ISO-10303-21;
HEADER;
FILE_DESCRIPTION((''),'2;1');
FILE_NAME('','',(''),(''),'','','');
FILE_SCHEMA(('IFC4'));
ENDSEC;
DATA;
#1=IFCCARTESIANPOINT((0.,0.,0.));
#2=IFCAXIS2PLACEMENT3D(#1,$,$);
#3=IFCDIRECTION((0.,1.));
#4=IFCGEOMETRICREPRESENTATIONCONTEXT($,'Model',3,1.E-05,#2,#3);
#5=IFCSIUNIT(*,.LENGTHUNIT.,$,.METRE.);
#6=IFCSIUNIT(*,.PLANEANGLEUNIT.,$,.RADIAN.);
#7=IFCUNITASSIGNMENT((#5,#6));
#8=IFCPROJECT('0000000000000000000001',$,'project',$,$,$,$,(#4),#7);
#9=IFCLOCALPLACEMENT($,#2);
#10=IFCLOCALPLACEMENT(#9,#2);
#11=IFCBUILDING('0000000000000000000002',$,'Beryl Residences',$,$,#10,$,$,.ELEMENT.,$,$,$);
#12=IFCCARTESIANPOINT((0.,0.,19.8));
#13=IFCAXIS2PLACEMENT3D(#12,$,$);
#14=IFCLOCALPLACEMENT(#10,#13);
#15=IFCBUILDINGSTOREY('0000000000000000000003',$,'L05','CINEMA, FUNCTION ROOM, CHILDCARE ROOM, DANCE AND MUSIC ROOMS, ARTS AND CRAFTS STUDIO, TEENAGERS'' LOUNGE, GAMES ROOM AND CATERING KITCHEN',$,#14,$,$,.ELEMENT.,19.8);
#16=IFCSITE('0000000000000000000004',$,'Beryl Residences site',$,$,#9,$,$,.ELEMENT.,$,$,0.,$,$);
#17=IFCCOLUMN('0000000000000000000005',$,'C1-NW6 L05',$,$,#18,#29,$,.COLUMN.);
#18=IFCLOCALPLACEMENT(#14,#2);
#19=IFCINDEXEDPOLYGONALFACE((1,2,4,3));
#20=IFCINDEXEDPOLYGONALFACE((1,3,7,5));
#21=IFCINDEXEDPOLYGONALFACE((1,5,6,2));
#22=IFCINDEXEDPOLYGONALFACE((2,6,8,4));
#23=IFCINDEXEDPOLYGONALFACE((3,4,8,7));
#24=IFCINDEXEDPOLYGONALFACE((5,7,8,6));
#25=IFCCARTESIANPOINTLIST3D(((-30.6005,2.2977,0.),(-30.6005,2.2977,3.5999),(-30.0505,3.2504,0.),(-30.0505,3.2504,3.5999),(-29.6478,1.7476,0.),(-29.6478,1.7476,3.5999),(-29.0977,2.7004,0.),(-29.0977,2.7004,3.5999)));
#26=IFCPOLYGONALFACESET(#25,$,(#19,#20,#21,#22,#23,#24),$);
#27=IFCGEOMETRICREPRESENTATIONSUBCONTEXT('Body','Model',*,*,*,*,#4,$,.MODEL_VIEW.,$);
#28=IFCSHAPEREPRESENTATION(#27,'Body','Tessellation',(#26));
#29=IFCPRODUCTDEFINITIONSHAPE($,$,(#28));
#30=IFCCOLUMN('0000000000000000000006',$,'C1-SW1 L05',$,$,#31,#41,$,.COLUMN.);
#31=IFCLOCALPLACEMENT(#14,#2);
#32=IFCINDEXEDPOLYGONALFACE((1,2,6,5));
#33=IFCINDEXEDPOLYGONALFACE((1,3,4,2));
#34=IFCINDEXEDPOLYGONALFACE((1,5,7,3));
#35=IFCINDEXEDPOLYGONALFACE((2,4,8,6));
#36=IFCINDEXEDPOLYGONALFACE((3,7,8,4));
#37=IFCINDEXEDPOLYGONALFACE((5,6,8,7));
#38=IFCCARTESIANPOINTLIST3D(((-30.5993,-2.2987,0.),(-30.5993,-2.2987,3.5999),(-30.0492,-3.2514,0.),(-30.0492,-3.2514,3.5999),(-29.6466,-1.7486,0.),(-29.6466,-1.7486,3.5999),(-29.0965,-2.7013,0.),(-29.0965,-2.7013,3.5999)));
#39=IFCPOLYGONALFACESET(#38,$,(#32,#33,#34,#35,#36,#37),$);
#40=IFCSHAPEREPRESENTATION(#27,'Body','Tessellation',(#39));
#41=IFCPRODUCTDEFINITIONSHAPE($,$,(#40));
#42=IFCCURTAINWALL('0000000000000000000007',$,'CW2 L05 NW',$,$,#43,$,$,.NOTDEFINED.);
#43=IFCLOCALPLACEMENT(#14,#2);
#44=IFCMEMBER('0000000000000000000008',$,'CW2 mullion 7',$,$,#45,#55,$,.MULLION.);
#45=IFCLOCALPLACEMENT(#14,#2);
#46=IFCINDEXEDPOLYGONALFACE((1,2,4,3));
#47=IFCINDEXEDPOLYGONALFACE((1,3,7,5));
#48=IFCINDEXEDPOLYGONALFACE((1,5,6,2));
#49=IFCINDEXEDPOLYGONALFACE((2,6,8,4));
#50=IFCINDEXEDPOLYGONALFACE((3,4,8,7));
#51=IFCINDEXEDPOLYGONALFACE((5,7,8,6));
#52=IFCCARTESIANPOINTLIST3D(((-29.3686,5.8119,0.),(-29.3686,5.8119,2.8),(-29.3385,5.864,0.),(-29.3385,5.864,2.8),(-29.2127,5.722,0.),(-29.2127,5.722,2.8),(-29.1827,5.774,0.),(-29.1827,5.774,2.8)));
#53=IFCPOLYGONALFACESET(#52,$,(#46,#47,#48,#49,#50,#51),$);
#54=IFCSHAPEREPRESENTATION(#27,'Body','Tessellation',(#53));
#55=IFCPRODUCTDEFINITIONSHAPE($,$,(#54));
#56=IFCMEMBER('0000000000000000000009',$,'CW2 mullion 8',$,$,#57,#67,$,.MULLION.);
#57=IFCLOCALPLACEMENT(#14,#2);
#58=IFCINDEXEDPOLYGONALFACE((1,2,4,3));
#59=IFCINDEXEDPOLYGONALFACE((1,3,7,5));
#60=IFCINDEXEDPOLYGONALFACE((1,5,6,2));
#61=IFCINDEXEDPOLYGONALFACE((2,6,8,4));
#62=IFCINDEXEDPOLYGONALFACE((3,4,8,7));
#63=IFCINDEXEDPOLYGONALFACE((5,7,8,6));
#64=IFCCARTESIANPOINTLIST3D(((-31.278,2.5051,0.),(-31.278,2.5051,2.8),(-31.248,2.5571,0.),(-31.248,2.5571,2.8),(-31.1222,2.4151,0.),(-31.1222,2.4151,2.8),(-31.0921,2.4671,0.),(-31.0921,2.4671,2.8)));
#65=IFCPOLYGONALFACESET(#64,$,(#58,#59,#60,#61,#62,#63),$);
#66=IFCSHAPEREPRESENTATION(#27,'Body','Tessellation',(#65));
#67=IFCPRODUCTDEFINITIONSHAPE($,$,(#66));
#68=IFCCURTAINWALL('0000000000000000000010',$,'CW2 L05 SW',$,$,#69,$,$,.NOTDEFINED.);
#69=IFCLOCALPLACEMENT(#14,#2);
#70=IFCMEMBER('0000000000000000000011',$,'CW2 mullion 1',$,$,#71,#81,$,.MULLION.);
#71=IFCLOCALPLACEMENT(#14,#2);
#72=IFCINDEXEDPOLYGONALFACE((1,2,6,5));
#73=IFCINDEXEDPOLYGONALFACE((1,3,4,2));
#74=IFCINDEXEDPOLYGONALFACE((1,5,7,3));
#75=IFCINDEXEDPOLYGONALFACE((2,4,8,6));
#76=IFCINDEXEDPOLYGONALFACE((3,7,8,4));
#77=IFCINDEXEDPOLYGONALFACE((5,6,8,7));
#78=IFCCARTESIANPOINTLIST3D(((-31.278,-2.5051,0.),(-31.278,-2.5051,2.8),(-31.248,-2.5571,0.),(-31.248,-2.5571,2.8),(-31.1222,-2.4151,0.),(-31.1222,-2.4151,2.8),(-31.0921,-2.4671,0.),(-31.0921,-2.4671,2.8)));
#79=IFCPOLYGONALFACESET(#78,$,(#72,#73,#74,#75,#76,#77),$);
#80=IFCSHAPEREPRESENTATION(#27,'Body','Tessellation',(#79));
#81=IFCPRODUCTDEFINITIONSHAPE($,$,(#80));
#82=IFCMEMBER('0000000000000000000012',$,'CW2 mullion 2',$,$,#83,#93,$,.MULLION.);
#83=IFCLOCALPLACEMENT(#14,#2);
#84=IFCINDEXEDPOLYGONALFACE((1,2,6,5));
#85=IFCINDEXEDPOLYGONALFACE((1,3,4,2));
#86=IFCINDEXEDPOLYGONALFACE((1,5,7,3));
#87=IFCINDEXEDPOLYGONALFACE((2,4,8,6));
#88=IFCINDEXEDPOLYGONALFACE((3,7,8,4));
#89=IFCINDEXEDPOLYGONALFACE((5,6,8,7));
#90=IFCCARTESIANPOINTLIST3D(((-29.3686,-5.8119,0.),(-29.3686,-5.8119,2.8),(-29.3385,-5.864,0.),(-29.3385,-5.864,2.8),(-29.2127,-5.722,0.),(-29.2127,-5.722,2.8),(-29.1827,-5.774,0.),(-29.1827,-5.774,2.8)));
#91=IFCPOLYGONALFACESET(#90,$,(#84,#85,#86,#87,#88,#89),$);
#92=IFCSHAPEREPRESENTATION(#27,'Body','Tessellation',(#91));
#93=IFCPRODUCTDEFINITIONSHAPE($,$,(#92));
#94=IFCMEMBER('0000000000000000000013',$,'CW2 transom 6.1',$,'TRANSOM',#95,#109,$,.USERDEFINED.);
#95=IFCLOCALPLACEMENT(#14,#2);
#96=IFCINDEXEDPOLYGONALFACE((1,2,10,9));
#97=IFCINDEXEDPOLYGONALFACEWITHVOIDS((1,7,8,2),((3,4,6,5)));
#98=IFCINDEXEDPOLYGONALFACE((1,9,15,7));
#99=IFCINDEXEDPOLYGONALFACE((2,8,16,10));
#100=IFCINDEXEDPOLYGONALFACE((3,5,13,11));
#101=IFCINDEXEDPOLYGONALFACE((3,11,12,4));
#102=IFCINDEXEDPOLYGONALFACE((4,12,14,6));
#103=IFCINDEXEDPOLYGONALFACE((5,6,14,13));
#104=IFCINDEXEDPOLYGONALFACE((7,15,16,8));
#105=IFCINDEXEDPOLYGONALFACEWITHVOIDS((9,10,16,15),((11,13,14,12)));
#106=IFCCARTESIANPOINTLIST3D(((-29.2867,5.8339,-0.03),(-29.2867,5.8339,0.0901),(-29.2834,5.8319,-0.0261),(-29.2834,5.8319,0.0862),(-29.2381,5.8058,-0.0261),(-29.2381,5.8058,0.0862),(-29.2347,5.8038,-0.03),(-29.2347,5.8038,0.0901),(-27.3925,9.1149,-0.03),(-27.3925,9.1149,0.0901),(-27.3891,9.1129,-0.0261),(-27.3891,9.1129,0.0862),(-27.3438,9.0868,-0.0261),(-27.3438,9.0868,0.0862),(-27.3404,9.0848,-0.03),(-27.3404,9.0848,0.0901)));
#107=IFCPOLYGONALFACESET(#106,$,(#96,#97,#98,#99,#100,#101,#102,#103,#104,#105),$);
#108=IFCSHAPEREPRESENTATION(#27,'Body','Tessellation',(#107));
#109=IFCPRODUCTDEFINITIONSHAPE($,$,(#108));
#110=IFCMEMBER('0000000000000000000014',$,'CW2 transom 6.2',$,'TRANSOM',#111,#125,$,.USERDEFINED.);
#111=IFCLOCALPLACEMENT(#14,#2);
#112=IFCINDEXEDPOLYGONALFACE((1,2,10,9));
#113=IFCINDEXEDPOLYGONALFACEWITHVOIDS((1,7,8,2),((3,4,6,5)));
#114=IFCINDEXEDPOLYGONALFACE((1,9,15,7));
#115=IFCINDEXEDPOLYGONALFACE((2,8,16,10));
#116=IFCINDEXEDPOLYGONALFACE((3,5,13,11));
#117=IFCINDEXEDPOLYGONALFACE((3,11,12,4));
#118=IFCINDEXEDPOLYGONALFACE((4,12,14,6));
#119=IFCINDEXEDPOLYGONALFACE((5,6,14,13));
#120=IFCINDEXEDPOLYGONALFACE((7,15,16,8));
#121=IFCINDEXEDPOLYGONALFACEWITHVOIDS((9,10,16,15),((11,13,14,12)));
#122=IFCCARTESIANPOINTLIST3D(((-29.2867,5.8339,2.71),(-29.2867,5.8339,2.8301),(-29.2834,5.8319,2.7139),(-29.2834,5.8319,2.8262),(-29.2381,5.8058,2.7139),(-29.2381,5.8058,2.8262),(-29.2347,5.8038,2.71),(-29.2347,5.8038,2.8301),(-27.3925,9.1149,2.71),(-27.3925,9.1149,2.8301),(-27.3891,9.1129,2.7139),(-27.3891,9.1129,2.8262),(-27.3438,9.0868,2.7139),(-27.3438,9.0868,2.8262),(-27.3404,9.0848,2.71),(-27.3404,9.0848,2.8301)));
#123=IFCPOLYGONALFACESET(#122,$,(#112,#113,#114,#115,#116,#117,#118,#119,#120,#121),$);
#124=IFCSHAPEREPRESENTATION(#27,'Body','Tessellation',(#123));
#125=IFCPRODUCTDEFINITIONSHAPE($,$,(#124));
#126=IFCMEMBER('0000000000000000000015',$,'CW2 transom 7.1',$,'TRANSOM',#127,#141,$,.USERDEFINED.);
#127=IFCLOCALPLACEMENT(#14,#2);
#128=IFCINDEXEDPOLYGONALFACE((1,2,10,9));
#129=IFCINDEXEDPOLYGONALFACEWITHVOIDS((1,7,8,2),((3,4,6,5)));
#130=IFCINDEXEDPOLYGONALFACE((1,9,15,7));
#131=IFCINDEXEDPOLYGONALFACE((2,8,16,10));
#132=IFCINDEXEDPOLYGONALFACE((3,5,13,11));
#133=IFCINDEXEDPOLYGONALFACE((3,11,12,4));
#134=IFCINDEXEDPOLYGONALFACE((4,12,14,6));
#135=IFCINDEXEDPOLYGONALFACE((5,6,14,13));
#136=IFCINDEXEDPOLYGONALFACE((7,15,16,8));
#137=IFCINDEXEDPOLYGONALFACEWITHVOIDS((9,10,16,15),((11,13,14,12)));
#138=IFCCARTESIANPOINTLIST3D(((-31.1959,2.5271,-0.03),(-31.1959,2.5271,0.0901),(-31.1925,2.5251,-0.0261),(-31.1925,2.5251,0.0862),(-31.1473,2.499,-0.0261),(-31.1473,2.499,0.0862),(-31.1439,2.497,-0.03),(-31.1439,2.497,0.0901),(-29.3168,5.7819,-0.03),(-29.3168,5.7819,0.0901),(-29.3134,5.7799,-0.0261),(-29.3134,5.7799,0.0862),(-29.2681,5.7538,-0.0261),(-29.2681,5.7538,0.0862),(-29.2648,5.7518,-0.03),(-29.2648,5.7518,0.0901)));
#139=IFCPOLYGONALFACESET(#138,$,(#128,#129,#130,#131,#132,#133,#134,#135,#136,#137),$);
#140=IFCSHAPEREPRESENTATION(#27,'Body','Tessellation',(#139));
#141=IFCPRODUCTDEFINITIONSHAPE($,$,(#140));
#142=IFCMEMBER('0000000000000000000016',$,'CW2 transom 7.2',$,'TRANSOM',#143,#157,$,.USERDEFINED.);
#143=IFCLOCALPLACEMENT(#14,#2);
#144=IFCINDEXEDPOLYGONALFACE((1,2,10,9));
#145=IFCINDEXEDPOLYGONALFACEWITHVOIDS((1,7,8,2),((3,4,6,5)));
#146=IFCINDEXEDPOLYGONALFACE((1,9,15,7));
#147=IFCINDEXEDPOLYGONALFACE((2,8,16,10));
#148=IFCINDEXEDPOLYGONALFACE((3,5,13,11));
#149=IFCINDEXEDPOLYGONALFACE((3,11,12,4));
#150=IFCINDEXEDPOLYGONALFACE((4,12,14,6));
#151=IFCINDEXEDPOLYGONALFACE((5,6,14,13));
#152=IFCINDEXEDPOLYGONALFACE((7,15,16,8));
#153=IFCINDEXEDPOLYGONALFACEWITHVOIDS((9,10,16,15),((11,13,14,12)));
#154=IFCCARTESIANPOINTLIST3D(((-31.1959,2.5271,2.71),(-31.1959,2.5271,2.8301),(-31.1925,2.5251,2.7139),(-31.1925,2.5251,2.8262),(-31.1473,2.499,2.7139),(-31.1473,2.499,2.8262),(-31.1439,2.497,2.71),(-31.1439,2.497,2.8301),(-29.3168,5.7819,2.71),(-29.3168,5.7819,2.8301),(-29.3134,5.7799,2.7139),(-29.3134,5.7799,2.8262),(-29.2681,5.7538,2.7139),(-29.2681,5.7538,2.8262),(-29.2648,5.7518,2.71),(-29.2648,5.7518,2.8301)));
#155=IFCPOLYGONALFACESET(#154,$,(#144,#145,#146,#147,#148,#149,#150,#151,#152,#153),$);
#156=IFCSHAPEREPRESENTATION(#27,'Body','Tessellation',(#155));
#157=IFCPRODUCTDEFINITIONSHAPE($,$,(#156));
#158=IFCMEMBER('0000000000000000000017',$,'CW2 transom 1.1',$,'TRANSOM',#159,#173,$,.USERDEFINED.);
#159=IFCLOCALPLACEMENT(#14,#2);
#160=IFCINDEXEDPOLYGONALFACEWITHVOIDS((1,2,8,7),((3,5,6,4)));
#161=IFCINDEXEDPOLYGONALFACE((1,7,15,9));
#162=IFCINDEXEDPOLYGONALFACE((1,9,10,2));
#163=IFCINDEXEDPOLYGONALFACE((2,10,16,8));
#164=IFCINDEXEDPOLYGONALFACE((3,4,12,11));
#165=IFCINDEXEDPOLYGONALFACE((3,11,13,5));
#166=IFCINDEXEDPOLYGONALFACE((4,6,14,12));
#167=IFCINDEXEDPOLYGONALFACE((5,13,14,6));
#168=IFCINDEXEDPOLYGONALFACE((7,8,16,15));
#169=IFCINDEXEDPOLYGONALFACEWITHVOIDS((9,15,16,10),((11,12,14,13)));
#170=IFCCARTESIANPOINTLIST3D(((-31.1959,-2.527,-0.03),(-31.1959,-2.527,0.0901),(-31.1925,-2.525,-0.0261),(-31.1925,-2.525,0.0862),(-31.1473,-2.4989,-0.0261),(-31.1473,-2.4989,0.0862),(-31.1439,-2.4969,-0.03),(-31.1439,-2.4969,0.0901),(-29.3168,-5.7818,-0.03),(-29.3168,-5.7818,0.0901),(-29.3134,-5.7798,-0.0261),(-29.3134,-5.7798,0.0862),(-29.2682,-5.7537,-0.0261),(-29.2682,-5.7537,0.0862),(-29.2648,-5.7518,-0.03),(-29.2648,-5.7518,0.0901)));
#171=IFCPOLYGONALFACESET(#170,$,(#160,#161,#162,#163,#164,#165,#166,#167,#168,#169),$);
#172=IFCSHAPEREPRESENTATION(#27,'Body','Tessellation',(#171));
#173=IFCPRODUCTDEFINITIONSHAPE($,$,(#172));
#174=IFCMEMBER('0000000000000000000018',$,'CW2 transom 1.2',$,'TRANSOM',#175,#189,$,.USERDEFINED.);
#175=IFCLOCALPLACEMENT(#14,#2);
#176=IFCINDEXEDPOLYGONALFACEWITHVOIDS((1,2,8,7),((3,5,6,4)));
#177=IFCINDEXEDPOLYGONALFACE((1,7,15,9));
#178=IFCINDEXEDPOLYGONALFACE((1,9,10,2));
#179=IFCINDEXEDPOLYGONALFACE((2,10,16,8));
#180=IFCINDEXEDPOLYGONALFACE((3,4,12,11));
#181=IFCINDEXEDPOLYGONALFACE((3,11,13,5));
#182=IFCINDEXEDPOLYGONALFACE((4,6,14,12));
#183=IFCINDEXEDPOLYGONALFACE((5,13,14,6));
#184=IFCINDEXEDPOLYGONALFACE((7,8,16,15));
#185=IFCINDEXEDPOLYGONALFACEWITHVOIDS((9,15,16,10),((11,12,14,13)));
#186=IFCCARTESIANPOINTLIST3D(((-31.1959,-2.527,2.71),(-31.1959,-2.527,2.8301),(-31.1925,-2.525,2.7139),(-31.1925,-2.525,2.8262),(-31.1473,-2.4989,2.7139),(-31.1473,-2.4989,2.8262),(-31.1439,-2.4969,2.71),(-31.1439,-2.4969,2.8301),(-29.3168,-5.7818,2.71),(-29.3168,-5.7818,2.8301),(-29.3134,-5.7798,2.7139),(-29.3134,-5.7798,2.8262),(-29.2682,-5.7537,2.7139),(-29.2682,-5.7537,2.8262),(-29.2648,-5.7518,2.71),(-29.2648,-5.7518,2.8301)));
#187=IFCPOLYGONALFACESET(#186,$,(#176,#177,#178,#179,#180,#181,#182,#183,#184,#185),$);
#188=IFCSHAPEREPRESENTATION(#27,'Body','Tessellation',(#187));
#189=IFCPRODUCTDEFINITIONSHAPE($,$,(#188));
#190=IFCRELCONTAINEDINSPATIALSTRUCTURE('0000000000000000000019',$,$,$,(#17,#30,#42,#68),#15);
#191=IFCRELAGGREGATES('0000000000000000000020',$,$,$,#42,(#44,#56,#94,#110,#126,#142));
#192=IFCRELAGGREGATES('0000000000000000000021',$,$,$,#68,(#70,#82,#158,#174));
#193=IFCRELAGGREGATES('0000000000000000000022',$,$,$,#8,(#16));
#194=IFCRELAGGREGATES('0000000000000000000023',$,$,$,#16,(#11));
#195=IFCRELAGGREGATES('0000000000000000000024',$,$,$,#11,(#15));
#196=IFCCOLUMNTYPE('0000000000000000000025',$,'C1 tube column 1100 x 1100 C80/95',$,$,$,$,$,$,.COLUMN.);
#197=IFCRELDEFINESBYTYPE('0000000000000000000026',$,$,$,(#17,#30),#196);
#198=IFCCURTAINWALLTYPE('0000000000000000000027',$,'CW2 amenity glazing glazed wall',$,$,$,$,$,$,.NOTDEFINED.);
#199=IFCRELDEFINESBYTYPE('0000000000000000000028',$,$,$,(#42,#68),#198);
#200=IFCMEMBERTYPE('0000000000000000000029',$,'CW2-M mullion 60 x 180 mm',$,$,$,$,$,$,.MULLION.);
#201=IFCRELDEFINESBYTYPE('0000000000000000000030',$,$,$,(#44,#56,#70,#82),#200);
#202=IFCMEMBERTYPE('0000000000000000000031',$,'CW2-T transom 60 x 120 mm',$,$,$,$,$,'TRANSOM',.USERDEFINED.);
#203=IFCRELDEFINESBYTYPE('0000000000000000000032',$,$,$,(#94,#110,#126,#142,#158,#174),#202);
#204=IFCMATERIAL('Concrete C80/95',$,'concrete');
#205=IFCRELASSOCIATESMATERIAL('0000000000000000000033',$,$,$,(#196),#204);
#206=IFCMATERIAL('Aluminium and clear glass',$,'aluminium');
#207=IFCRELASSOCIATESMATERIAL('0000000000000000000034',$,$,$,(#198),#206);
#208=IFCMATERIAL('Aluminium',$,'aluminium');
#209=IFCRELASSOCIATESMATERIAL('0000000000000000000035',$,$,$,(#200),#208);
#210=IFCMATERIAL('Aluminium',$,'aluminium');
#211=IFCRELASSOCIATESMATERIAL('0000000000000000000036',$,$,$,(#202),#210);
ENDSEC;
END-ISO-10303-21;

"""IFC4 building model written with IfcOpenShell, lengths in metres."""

from ifc_helpers import new_model, si_unit, direction, frame, origin, origin_2d, place, context, subcontext, project, spatial, rectangle, hollow_rectangle, extrude, material, material_profile, profile_set, type_object, element, aggregate, save


model = new_model("IFC4")

# Units and contexts
model_context = context("Model", 3, precision=1e-05, world=origin(), true_north=direction((0.0, 1.0)))
body_context = subcontext(model_context, "Body", "Model", "MODEL_VIEW")
ifc_project = project(units=[si_unit("LENGTHUNIT", "METRE"), si_unit("PLANEANGLEUNIT", "RADIAN")], contexts=[model_context])

# Site, building, storey
site_placement = place(None, origin())
site = spatial("IfcSite", under=ifc_project, at=site_placement, Name="Beryl Residences site", CompositionType="ELEMENT", RefElevation=0.0)
building_placement = place(site_placement, origin())
building = spatial("IfcBuilding", under=site, at=building_placement, Name="Beryl Residences", CompositionType="ELEMENT")
storey_placement = place(building_placement, frame((0.0, 0.0, 19.8)))
storey = spatial("IfcBuildingStorey", under=building, at=storey_placement, Name="L05", Description="CINEMA, FUNCTION ROOM, CHILDCARE ROOM, DANCE AND MUSIC ROOMS, ARTS AND CRAFTS STUDIO, TEENAGERS' LOUNGE, GAMES ROOM AND CATERING KITCHEN", CompositionType="ELEMENT", Elevation=19.8)

# Columns
ifc_material_1 = material(Name="Concrete C80/95", Category="concrete")
ifc_material_profile_1 = material_profile(ifc_material_1, rectangle(XDim=1.1001, YDim=1.1001, at=origin_2d()))
ifc_profile_set_1 = profile_set([ifc_material_profile_1], Name="Concrete C80/95")
column_type = type_object("IfcColumnType", Name="C1 tube column 1100 x 1100 C80/95", PredefinedType="COLUMN", material=ifc_profile_set_1)
for number, where, z_axis, x_axis, name in (
    (1, (-29.8491, 2.499, 0.0), (0.0, 0.0, 1.0), (-0.499985, -0.866034, 0.0), "C1-NW6 L05"),
    (2, (-29.8479, -2.5, 0.0), (0.0, 0.0, 1.0), (0.499985, -0.866034, 0.0), "C1-SW1 L05"),
):
    element("IfcColumn", number, at=place(storey_placement, frame(where, z_axis=z_axis, x_axis=x_axis)), inside=storey, type_object=column_type, Name=name, PredefinedType="COLUMN", context=body_context, shape_type="SweptSolid", body=[
        extrude(rectangle(XDim=1.1001, YDim=1.1001, at=origin_2d()), origin(), (0.0, 0.0, 1.0), 3.5999),
    ])

# Curtain walls, members
ifc_material_2 = material(Name="Aluminium and clear glass", Category="aluminium")
curtain_wall_type = type_object("IfcCurtainWallType", Name="CW2 amenity glazing glazed wall", PredefinedType="NOTDEFINED", material=ifc_material_2)
curtain_wall_1_placement = place(storey_placement, origin())
curtain_wall_1 = element("IfcCurtainWall", 3, at=curtain_wall_1_placement, inside=storey, type_object=curtain_wall_type, Name="CW2 L05 NW", PredefinedType="NOTDEFINED")
ifc_material_3 = material(Name="Aluminium", Category="aluminium")
ifc_material_profile_2 = material_profile(ifc_material_3, rectangle(XDim=0.0601, YDim=0.1799, at=origin_2d()))
ifc_profile_set_2 = profile_set([ifc_material_profile_2], Name="Aluminium")
member_type_1 = type_object("IfcMemberType", Name="CW2-M mullion 60 x 180 mm", PredefinedType="MULLION", material=ifc_profile_set_2)
member_1_placement = place(storey_placement, frame((-29.2756, 5.793, 0.0), z_axis=(0.0, 0.0, 1.0), x_axis=(-0.500012, -0.866019, 0.0)))
member_1 = element("IfcMember", 4, at=member_1_placement, type_object=member_type_1, Name="CW2 mullion 7", PredefinedType="MULLION", context=body_context, shape_type="SweptSolid", body=[
    extrude(rectangle(XDim=0.0601, YDim=0.1799, at=origin_2d()), origin(), (0.0, 0.0, 1.0), 2.8),
])
member_2_placement = place(storey_placement, frame((-31.1851, 2.4861, 0.0), z_axis=(0.0, 0.0, 1.0), x_axis=(-0.500012, -0.866019, 0.0)))
member_2 = element("IfcMember", 5, at=member_2_placement, type_object=member_type_1, Name="CW2 mullion 8", PredefinedType="MULLION", context=body_context, shape_type="SweptSolid", body=[
    extrude(rectangle(XDim=0.0601, YDim=0.1799, at=origin_2d()), origin(), (0.0, 0.0, 1.0), 2.8),
])
curtain_wall_2_placement = place(storey_placement, origin())
curtain_wall_2 = element("IfcCurtainWall", 6, at=curtain_wall_2_placement, inside=storey, type_object=curtain_wall_type, Name="CW2 L05 SW", PredefinedType="NOTDEFINED")
member_3_placement = place(storey_placement, frame((-31.1851, -2.4861, 0.0), z_axis=(0.0, 0.0, 1.0), x_axis=(0.500012, -0.866019, 0.0)))
member_3 = element("IfcMember", 7, at=member_3_placement, type_object=member_type_1, Name="CW2 mullion 1", PredefinedType="MULLION", context=body_context, shape_type="SweptSolid", body=[
    extrude(rectangle(XDim=0.0601, YDim=0.1799, at=origin_2d()), origin(), (0.0, 0.0, 1.0), 2.8),
])
member_4_placement = place(storey_placement, frame((-29.2756, -5.793, 0.0), z_axis=(0.0, 0.0, 1.0), x_axis=(0.500012, -0.866019, 0.0)))
member_4 = element("IfcMember", 8, at=member_4_placement, type_object=member_type_1, Name="CW2 mullion 2", PredefinedType="MULLION", context=body_context, shape_type="SweptSolid", body=[
    extrude(rectangle(XDim=0.0601, YDim=0.1799, at=origin_2d()), origin(), (0.0, 0.0, 1.0), 2.8),
])

# Members
ifc_material_4 = material(Name="Aluminium", Category="aluminium")
ifc_material_profile_3 = material_profile(ifc_material_4, hollow_rectangle(XDim=0.0601, YDim=0.1201, WallThickness=0.0039, at=origin_2d()))
ifc_profile_set_3 = profile_set([ifc_material_profile_3], Name="Aluminium")
member_type_2 = type_object("IfcMemberType", Name="CW2-T transom 60 x 120 mm", ElementType="TRANSOM", PredefinedType="USERDEFINED", material=ifc_profile_set_3)
member_5_placement = place(storey_placement, frame((-27.3665, 9.0999, 0.03), z_axis=(-0.5, -0.866026, 0.0), x_axis=(0.866026, -0.5, 0.0)))
member_5 = element("IfcMember", 9, at=member_5_placement, type_object=member_type_2, Name="CW2 transom 6.1", ObjectType="TRANSOM", PredefinedType="USERDEFINED", context=body_context, shape_type="SweptSolid", body=[
    extrude(hollow_rectangle(XDim=0.0601, YDim=0.1201, WallThickness=0.0039, at=origin_2d()), origin(), (0.0, 0.0, 1.0), 3.7886),
])
member_6_placement = place(storey_placement, frame((-27.3665, 9.0999, 2.77), z_axis=(-0.5, -0.866026, 0.0), x_axis=(0.866026, -0.5, 0.0)))
member_6 = element("IfcMember", 10, at=member_6_placement, type_object=member_type_2, Name="CW2 transom 6.2", ObjectType="TRANSOM", PredefinedType="USERDEFINED", context=body_context, shape_type="SweptSolid", body=[
    extrude(hollow_rectangle(XDim=0.0601, YDim=0.1201, WallThickness=0.0039, at=origin_2d()), origin(), (0.0, 0.0, 1.0), 3.7886),
])
member_7_placement = place(storey_placement, frame((-29.2908, 5.7668, 0.03), z_axis=(-0.499989, -0.866032, 0.0), x_axis=(0.866032, -0.499989, 0.0)))
member_7 = element("IfcMember", 11, at=member_7_placement, type_object=member_type_2, Name="CW2 transom 7.1", ObjectType="TRANSOM", PredefinedType="USERDEFINED", context=body_context, shape_type="SweptSolid", body=[
    extrude(hollow_rectangle(XDim=0.0601, YDim=0.1201, WallThickness=0.0039, at=origin_2d()), origin(), (0.0, 0.0, 1.0), 3.7583),
])
member_8_placement = place(storey_placement, frame((-29.2908, 5.7668, 2.77), z_axis=(-0.499989, -0.866032, 0.0), x_axis=(0.866032, -0.499989, 0.0)))
member_8 = element("IfcMember", 12, at=member_8_placement, type_object=member_type_2, Name="CW2 transom 7.2", ObjectType="TRANSOM", PredefinedType="USERDEFINED", context=body_context, shape_type="SweptSolid", body=[
    extrude(hollow_rectangle(XDim=0.0601, YDim=0.1201, WallThickness=0.0039, at=origin_2d()), origin(), (0.0, 0.0, 1.0), 3.7583),
])
member_9_placement = place(storey_placement, frame((-31.1699, -2.512, 0.03), z_axis=(0.499989, -0.866032, 0.0), x_axis=(0.866032, 0.499989, 0.0)))
member_9 = element("IfcMember", 13, at=member_9_placement, type_object=member_type_2, Name="CW2 transom 1.1", ObjectType="TRANSOM", PredefinedType="USERDEFINED", context=body_context, shape_type="SweptSolid", body=[
    extrude(hollow_rectangle(XDim=0.0601, YDim=0.1201, WallThickness=0.0039, at=origin_2d()), origin(), (0.0, 0.0, 1.0), 3.7583),
])
member_10_placement = place(storey_placement, frame((-31.1699, -2.512, 2.77), z_axis=(0.499989, -0.866032, 0.0), x_axis=(0.866032, 0.499989, 0.0)))
member_10 = element("IfcMember", 14, at=member_10_placement, type_object=member_type_2, Name="CW2 transom 1.2", ObjectType="TRANSOM", PredefinedType="USERDEFINED", context=body_context, shape_type="SweptSolid", body=[
    extrude(hollow_rectangle(XDim=0.0601, YDim=0.1201, WallThickness=0.0039, at=origin_2d()), origin(), (0.0, 0.0, 1.0), 3.7583),
])

aggregate(curtain_wall_1, [member_1, member_2, member_5, member_6, member_7, member_8])
aggregate(curtain_wall_2, [member_3, member_4, member_9, member_10])

save(model, "model.ifc")
